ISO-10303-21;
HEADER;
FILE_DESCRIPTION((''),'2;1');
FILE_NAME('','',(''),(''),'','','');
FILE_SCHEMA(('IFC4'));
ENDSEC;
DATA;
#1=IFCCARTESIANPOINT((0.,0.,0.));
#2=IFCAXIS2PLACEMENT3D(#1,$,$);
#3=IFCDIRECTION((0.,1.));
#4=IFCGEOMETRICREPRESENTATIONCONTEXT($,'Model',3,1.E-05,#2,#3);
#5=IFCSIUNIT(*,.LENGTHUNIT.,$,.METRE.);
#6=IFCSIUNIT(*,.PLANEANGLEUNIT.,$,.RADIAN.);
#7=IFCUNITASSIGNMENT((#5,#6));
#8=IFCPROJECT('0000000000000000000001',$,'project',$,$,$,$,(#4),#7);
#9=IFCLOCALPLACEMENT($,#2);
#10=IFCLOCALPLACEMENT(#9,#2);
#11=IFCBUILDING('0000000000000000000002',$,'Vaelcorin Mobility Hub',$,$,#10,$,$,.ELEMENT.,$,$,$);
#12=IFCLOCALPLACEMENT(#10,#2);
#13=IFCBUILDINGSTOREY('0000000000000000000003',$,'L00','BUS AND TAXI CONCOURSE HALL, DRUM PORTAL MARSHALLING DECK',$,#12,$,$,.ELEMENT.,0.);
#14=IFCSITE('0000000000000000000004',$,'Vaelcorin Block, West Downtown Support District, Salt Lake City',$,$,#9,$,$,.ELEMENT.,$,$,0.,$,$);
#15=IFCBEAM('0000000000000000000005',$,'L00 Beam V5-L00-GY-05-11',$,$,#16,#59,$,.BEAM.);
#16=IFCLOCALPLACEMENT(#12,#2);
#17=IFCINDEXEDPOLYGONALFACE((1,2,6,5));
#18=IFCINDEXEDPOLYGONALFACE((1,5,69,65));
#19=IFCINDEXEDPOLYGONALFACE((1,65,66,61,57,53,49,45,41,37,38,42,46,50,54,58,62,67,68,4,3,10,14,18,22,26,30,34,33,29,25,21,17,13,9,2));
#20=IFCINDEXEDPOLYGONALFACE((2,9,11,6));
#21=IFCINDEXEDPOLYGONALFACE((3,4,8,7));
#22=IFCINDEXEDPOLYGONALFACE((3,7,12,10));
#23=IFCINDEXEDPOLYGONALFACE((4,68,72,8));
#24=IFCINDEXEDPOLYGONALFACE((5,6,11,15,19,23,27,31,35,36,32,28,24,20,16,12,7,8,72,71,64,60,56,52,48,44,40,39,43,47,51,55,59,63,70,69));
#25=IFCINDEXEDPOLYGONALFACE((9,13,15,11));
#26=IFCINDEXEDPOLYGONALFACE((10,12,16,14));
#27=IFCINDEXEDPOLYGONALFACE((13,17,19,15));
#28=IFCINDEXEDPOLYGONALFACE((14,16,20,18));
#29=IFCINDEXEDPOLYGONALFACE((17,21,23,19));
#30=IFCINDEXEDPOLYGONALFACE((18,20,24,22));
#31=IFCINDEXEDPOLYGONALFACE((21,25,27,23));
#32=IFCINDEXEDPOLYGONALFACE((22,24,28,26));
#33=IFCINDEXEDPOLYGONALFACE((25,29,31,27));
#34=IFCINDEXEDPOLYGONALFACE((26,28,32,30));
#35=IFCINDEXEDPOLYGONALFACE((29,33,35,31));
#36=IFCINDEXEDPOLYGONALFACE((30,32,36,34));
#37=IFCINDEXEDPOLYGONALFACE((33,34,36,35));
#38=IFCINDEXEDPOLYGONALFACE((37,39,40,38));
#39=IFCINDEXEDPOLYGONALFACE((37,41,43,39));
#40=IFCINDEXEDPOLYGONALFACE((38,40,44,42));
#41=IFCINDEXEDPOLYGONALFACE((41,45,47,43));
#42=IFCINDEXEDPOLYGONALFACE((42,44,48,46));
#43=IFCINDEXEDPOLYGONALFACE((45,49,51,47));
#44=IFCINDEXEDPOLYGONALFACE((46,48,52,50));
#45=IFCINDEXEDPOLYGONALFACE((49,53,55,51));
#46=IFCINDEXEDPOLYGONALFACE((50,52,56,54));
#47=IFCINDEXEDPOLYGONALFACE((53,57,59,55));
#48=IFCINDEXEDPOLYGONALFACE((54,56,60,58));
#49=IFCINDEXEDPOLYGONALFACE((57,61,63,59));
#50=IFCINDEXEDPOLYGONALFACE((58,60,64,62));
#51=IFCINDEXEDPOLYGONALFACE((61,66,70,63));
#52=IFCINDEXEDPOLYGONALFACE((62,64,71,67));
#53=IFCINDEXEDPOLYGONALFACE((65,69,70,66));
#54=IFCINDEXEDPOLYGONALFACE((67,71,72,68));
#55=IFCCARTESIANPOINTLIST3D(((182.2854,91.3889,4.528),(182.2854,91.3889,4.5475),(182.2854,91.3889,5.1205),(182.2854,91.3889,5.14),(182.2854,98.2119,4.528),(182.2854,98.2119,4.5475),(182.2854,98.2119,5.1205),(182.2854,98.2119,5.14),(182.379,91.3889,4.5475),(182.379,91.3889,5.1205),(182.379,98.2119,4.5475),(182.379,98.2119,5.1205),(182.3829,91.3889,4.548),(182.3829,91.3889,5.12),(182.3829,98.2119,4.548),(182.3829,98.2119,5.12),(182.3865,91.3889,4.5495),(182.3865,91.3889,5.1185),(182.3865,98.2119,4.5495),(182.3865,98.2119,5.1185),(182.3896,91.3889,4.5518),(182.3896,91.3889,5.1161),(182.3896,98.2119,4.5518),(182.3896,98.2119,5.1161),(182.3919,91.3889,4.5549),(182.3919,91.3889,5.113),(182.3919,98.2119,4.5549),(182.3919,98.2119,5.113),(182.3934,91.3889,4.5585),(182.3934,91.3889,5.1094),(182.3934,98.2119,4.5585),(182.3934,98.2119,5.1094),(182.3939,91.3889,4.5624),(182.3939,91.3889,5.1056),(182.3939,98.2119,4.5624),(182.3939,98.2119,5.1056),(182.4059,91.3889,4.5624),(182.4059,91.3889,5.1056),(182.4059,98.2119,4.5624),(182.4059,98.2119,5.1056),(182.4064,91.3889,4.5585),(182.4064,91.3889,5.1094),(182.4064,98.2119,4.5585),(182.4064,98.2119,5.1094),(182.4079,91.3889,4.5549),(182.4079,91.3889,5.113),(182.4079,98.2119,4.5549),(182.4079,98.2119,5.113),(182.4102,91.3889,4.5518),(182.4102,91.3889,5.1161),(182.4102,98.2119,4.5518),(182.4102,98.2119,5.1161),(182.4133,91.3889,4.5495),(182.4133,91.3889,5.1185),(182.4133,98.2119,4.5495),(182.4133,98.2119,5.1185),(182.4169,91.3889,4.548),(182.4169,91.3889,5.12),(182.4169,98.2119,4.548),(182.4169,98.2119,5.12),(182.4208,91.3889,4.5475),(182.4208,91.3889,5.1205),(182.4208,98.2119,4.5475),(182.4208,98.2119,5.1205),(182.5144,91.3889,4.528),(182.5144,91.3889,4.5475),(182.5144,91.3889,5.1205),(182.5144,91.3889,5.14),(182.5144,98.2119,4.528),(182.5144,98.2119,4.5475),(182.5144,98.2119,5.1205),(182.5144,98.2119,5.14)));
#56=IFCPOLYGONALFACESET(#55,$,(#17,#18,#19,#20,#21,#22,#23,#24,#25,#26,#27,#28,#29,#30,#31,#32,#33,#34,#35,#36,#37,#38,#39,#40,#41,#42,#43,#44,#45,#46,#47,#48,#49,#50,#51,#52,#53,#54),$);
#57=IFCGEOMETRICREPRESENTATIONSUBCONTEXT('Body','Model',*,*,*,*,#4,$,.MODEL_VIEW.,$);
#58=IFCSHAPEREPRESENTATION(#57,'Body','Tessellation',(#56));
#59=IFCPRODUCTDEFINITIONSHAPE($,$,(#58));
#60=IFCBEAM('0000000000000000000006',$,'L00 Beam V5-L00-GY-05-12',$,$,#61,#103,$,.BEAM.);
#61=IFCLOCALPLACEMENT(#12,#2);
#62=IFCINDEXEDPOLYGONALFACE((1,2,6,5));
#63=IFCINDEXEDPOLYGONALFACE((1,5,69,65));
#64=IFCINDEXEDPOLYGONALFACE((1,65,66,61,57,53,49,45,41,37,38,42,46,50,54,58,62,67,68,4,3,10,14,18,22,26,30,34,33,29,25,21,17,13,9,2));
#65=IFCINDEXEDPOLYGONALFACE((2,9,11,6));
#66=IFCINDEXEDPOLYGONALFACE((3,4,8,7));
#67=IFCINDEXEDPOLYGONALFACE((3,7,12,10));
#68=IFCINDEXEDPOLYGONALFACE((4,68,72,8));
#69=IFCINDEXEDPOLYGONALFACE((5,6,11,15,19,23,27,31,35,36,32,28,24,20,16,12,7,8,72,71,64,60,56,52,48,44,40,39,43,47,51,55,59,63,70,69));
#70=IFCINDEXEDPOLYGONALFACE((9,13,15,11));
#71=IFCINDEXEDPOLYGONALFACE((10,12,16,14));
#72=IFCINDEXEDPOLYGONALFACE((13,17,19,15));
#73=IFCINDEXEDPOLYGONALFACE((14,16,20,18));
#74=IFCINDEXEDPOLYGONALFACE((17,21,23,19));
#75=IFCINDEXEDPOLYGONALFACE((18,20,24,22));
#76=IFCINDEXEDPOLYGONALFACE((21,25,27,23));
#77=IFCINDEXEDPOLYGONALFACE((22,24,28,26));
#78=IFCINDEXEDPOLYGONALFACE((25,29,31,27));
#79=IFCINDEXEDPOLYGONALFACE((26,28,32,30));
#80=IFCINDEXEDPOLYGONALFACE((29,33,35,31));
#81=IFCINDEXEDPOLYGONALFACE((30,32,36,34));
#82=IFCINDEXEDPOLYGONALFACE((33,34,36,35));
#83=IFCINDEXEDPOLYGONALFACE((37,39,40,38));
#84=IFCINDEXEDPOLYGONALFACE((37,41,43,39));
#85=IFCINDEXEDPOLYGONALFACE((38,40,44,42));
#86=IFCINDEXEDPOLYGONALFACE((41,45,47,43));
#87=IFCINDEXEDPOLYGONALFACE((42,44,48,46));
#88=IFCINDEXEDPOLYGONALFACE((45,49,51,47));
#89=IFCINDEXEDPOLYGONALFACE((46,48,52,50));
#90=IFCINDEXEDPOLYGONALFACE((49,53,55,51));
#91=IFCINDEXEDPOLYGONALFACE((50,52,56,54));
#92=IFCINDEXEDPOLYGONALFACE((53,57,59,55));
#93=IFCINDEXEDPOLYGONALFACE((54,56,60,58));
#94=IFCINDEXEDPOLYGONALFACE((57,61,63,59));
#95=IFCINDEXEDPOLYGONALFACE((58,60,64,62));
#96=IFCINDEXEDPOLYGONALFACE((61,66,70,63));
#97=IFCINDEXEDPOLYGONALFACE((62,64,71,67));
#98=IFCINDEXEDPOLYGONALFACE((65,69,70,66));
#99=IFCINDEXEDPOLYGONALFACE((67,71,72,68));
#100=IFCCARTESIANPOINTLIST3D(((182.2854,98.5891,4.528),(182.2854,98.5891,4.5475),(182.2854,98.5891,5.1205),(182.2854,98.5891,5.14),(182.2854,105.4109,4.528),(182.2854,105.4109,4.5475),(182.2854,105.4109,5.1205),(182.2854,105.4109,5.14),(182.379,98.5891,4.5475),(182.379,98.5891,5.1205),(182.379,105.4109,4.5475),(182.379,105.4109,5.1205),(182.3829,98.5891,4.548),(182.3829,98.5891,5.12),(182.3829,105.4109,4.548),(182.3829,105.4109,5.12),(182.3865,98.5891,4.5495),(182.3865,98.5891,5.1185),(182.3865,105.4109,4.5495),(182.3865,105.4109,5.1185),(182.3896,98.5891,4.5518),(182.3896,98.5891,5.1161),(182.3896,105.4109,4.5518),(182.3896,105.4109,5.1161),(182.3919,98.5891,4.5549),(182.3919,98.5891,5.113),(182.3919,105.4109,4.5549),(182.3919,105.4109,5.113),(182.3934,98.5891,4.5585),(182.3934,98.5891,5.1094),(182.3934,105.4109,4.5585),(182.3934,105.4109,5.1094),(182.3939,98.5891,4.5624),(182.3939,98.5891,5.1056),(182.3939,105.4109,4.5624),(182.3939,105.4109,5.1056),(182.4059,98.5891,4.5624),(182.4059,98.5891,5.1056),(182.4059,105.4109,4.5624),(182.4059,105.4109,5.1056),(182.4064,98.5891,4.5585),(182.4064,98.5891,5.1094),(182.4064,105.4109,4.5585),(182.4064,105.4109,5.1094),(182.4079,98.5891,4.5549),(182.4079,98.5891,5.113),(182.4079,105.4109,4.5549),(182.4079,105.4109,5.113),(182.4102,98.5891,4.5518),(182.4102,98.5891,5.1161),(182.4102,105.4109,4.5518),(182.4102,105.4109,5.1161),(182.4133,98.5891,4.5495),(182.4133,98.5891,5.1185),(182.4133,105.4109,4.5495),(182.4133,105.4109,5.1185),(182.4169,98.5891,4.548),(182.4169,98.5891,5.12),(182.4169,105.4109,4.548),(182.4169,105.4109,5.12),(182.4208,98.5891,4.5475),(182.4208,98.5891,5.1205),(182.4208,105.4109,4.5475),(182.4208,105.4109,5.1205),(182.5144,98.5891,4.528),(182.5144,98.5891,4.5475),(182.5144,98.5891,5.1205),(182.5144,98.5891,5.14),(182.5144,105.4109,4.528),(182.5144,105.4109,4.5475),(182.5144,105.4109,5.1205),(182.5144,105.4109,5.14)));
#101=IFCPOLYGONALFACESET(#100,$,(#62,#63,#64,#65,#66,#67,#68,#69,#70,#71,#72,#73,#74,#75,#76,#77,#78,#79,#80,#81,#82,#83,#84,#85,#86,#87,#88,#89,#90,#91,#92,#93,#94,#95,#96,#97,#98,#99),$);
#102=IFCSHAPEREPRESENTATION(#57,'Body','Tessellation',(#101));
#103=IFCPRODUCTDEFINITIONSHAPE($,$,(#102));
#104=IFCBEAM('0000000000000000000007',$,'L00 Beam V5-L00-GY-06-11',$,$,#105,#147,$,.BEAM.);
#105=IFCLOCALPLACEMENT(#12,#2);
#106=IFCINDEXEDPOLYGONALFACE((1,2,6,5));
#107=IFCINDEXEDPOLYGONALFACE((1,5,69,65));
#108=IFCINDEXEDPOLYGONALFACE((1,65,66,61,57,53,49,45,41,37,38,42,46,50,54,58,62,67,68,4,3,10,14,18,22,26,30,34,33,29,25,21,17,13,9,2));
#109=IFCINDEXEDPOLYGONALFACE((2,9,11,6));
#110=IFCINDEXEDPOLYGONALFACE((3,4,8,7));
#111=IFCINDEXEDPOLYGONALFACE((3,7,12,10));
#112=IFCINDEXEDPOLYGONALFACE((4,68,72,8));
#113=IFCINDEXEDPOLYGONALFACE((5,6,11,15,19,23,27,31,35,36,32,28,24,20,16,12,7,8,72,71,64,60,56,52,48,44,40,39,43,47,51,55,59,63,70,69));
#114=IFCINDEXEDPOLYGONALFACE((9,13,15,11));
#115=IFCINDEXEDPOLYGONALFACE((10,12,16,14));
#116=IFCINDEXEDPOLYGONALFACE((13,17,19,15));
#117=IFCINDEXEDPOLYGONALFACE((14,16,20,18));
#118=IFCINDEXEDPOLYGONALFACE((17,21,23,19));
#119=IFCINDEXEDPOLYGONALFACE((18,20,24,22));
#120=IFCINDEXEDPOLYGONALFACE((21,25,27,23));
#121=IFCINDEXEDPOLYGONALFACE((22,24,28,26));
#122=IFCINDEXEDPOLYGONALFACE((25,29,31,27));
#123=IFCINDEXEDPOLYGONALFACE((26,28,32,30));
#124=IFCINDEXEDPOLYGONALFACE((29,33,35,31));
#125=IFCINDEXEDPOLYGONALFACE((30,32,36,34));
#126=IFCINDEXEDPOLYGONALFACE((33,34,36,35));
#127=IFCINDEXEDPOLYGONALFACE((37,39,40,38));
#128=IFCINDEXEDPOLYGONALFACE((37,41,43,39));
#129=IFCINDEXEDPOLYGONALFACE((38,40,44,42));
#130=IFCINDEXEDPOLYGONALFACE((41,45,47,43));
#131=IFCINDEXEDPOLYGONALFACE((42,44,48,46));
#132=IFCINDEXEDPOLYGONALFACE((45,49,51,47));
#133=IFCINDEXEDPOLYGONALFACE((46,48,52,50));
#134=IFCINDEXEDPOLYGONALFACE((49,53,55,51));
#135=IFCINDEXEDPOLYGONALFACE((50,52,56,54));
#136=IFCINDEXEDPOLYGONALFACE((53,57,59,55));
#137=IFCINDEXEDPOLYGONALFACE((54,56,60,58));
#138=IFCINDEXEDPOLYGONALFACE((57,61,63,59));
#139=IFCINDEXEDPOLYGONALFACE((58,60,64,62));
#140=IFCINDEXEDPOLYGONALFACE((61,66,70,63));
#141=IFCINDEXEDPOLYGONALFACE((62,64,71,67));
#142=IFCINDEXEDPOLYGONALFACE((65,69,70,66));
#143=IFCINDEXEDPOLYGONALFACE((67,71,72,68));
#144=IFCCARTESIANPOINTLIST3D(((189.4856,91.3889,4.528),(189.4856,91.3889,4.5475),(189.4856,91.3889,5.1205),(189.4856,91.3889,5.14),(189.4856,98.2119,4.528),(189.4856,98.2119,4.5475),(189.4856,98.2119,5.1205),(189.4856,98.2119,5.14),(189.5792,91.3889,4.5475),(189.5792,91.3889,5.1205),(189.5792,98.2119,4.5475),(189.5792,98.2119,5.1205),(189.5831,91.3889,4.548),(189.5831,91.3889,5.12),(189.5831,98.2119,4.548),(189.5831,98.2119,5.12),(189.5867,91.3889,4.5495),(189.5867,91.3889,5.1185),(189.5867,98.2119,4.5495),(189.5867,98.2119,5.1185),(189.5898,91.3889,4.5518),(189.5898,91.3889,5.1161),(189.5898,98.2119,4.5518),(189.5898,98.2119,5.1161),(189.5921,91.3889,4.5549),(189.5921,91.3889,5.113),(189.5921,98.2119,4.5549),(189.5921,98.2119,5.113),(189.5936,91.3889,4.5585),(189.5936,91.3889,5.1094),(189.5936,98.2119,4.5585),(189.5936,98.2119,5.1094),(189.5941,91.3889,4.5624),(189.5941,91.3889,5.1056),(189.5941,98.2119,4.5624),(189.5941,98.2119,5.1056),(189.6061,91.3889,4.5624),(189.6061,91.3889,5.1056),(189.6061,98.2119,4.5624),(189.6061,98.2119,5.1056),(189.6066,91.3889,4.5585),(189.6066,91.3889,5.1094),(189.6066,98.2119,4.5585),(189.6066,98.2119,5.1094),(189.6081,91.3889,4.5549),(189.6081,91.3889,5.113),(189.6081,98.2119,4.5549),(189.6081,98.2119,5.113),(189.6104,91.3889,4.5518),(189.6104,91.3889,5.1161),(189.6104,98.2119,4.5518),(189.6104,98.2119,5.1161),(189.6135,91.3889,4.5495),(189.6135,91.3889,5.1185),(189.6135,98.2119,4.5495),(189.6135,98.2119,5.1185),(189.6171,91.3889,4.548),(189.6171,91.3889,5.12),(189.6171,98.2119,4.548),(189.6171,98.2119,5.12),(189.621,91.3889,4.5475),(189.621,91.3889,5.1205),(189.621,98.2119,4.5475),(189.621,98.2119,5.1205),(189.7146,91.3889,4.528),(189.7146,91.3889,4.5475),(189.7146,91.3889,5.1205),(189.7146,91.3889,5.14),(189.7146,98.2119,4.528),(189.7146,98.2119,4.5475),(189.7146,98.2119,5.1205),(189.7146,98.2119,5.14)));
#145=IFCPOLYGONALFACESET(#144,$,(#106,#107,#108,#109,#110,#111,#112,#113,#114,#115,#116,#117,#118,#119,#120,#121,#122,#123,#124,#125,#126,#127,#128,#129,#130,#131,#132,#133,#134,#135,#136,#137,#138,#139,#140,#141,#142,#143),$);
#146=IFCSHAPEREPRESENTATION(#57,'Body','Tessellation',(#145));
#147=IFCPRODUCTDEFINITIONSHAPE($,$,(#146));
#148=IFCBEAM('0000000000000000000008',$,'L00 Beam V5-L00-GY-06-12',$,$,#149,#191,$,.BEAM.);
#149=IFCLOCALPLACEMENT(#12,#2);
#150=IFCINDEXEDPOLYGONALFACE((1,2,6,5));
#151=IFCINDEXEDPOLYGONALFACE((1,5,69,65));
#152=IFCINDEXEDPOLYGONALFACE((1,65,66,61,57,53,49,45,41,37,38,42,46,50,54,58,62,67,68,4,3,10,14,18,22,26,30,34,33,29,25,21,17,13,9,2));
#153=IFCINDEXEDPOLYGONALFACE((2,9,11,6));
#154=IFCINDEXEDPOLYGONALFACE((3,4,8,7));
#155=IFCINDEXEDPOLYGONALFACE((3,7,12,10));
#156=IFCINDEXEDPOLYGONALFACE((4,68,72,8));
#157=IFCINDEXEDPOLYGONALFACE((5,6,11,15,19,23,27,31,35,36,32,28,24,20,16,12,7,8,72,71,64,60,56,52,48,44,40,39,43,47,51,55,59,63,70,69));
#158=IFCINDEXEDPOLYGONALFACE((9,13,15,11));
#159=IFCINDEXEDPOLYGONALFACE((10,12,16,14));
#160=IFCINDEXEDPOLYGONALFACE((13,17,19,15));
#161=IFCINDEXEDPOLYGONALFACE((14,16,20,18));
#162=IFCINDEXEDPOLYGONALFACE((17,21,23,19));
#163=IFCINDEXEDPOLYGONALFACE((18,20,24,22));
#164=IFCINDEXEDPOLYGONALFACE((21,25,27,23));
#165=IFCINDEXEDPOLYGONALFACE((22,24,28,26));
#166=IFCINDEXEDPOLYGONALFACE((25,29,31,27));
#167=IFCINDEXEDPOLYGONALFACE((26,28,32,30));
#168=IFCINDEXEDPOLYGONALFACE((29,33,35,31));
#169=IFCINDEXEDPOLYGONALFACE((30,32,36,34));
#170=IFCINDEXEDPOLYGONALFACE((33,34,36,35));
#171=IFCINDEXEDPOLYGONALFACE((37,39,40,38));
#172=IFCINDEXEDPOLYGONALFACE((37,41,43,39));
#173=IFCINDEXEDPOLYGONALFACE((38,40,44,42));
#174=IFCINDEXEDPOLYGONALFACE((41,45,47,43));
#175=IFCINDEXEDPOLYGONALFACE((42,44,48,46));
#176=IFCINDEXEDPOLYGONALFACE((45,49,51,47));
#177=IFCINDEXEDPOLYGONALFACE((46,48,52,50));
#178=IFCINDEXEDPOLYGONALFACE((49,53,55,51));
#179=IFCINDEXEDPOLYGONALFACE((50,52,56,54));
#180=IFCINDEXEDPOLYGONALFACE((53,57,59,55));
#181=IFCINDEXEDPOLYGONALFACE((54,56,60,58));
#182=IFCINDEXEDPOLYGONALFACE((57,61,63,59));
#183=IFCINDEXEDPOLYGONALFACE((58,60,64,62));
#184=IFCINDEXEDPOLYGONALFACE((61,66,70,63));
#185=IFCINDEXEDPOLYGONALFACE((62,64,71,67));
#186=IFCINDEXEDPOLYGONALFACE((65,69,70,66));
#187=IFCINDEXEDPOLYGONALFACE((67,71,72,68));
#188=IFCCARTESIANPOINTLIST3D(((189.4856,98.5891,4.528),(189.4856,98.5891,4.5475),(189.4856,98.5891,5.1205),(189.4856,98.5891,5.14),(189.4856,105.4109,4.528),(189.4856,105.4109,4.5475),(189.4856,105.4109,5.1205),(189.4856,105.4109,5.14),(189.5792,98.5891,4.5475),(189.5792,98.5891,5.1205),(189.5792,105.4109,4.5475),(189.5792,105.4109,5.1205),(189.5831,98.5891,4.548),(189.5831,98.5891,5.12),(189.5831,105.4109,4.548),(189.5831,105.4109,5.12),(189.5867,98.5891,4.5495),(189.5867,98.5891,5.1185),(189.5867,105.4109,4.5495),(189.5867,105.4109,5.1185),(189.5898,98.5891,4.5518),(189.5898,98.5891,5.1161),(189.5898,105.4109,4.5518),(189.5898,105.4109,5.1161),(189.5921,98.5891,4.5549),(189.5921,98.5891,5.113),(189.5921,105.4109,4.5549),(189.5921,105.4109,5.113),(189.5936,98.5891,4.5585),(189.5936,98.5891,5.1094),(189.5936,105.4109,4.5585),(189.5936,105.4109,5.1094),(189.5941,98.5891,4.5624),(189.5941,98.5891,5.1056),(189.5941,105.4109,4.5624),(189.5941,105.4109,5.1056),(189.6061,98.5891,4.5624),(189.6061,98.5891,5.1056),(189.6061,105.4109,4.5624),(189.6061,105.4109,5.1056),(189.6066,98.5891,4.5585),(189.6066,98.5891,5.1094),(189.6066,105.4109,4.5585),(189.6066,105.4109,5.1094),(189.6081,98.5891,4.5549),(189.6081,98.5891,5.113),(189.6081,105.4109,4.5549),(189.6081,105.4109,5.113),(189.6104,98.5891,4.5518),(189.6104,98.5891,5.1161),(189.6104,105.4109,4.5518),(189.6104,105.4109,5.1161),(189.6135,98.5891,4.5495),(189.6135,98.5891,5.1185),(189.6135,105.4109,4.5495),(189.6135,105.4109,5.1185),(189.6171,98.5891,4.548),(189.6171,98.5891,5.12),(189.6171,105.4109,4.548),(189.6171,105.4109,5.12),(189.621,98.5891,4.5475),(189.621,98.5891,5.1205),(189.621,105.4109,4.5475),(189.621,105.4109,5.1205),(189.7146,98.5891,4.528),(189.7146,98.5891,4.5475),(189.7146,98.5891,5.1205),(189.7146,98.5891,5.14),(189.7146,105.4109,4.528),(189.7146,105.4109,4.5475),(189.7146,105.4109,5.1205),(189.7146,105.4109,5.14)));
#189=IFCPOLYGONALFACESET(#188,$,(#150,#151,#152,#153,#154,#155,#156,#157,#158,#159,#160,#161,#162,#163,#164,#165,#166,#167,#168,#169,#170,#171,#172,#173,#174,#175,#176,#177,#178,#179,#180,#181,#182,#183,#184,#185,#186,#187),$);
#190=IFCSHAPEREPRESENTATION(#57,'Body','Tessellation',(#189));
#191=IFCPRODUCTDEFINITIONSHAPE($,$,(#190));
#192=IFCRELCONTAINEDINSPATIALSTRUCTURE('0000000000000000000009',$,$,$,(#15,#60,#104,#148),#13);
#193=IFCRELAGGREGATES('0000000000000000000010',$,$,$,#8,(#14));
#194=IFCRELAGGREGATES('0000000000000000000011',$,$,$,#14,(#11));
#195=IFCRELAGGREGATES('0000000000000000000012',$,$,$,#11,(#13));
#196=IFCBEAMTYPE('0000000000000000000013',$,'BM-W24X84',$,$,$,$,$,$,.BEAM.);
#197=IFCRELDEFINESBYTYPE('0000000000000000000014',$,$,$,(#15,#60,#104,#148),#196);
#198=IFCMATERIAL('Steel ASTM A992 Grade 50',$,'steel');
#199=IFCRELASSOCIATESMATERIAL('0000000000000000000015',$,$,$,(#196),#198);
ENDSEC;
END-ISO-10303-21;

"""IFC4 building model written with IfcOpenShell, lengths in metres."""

from ifc_helpers import new_model, si_unit, direction, frame, origin, origin_2d, place, context, subcontext, project, spatial, i_section, extrude, material, material_profile, profile_set, type_object, element, save


model = new_model("IFC4")

# Units and contexts
model_context = context("Model", 3, precision=1e-05, world=origin(), true_north=direction((0.0, 1.0)))
body_context = subcontext(model_context, "Body", "Model", "MODEL_VIEW")
ifc_project = project(units=[si_unit("LENGTHUNIT", "METRE"), si_unit("PLANEANGLEUNIT", "RADIAN")], contexts=[model_context])

# Site, building, storey
site_placement = place(None, origin())
site = spatial("IfcSite", under=ifc_project, at=site_placement, Name="Vaelcorin Block, West Downtown Support District, Salt Lake City", CompositionType="ELEMENT", RefElevation=0.0)
building_placement = place(site_placement, origin())
building = spatial("IfcBuilding", under=site, at=building_placement, Name="Vaelcorin Mobility Hub", CompositionType="ELEMENT")
storey_placement = place(building_placement, origin())
storey = spatial("IfcBuildingStorey", under=building, at=storey_placement, Name="L00", Description="BUS AND TAXI CONCOURSE HALL, DRUM PORTAL MARSHALLING DECK", CompositionType="ELEMENT", Elevation=0.0)

# Shared definitions
ifc_material = material(Name="Steel ASTM A992 Grade 50", Category="steel")

# Beams
ifc_material_profile_1 = material_profile(ifc_material, i_section(OverallWidth=0.229, OverallDepth=0.6121, WebThickness=0.012, FlangeThickness=0.0195, FilletRadius=0.0149, at=origin_2d()), Name="W24X84")
ifc_profile_set_1 = profile_set([ifc_material_profile_1], Name="Steel ASTM A992 Grade 50")
beam_type_1 = type_object("IfcBeamType", Name="BM-W24X84", PredefinedType="BEAM", material=ifc_profile_set_1)
beam_1_placement = place(storey_placement, frame((182.3999, 91.3889, 4.834), z_axis=(0.0, 1.0, 0.0), x_axis=(-1.0, 0.0, 0.0)))
element("IfcBeam", 1, at=beam_1_placement, inside=storey, type_object=beam_type_1, Name="L00 Beam V5-L00-GY-05-11", PredefinedType="BEAM", context=body_context, shape_type="SweptSolid", body=[
    extrude(i_section(OverallWidth=0.229, OverallDepth=0.6121, WebThickness=0.012, FlangeThickness=0.0195, FilletRadius=0.0149, at=origin_2d()), origin(), (0.0, 0.0, 1.0), 6.823),
])
beam_2_placement = place(storey_placement, frame((182.3999, 98.5891, 4.834), z_axis=(0.0, 1.0, 0.0), x_axis=(-1.0, 0.0, 0.0)))
element("IfcBeam", 2, at=beam_2_placement, inside=storey, type_object=beam_type_1, Name="L00 Beam V5-L00-GY-05-12", PredefinedType="BEAM", context=body_context, shape_type="SweptSolid", body=[
    extrude(i_section(OverallWidth=0.229, OverallDepth=0.6121, WebThickness=0.012, FlangeThickness=0.0195, FilletRadius=0.0149, at=origin_2d()), origin(), (0.0, 0.0, 1.0), 6.8218),
])
beam_3_placement = place(storey_placement, frame((189.6001, 91.3889, 4.834), z_axis=(0.0, 1.0, 0.0), x_axis=(-1.0, 0.0, 0.0)))
element("IfcBeam", 3, at=beam_3_placement, inside=storey, type_object=beam_type_1, Name="L00 Beam V5-L00-GY-06-11", PredefinedType="BEAM", context=body_context, shape_type="SweptSolid", body=[
    extrude(i_section(OverallWidth=0.229, OverallDepth=0.6121, WebThickness=0.012, FlangeThickness=0.0195, FilletRadius=0.0149, at=origin_2d()), origin(), (0.0, 0.0, 1.0), 6.823),
])
beam_4_placement = place(storey_placement, frame((189.6001, 98.5891, 4.834), z_axis=(0.0, 1.0, 0.0), x_axis=(-1.0, 0.0, 0.0)))
element("IfcBeam", 4, at=beam_4_placement, inside=storey, type_object=beam_type_1, Name="L00 Beam V5-L00-GY-06-12", PredefinedType="BEAM", context=body_context, shape_type="SweptSolid", body=[
    extrude(i_section(OverallWidth=0.229, OverallDepth=0.6121, WebThickness=0.012, FlangeThickness=0.0195, FilletRadius=0.0149, at=origin_2d()), origin(), (0.0, 0.0, 1.0), 6.8218),
])

save(model, "model.ifc")
